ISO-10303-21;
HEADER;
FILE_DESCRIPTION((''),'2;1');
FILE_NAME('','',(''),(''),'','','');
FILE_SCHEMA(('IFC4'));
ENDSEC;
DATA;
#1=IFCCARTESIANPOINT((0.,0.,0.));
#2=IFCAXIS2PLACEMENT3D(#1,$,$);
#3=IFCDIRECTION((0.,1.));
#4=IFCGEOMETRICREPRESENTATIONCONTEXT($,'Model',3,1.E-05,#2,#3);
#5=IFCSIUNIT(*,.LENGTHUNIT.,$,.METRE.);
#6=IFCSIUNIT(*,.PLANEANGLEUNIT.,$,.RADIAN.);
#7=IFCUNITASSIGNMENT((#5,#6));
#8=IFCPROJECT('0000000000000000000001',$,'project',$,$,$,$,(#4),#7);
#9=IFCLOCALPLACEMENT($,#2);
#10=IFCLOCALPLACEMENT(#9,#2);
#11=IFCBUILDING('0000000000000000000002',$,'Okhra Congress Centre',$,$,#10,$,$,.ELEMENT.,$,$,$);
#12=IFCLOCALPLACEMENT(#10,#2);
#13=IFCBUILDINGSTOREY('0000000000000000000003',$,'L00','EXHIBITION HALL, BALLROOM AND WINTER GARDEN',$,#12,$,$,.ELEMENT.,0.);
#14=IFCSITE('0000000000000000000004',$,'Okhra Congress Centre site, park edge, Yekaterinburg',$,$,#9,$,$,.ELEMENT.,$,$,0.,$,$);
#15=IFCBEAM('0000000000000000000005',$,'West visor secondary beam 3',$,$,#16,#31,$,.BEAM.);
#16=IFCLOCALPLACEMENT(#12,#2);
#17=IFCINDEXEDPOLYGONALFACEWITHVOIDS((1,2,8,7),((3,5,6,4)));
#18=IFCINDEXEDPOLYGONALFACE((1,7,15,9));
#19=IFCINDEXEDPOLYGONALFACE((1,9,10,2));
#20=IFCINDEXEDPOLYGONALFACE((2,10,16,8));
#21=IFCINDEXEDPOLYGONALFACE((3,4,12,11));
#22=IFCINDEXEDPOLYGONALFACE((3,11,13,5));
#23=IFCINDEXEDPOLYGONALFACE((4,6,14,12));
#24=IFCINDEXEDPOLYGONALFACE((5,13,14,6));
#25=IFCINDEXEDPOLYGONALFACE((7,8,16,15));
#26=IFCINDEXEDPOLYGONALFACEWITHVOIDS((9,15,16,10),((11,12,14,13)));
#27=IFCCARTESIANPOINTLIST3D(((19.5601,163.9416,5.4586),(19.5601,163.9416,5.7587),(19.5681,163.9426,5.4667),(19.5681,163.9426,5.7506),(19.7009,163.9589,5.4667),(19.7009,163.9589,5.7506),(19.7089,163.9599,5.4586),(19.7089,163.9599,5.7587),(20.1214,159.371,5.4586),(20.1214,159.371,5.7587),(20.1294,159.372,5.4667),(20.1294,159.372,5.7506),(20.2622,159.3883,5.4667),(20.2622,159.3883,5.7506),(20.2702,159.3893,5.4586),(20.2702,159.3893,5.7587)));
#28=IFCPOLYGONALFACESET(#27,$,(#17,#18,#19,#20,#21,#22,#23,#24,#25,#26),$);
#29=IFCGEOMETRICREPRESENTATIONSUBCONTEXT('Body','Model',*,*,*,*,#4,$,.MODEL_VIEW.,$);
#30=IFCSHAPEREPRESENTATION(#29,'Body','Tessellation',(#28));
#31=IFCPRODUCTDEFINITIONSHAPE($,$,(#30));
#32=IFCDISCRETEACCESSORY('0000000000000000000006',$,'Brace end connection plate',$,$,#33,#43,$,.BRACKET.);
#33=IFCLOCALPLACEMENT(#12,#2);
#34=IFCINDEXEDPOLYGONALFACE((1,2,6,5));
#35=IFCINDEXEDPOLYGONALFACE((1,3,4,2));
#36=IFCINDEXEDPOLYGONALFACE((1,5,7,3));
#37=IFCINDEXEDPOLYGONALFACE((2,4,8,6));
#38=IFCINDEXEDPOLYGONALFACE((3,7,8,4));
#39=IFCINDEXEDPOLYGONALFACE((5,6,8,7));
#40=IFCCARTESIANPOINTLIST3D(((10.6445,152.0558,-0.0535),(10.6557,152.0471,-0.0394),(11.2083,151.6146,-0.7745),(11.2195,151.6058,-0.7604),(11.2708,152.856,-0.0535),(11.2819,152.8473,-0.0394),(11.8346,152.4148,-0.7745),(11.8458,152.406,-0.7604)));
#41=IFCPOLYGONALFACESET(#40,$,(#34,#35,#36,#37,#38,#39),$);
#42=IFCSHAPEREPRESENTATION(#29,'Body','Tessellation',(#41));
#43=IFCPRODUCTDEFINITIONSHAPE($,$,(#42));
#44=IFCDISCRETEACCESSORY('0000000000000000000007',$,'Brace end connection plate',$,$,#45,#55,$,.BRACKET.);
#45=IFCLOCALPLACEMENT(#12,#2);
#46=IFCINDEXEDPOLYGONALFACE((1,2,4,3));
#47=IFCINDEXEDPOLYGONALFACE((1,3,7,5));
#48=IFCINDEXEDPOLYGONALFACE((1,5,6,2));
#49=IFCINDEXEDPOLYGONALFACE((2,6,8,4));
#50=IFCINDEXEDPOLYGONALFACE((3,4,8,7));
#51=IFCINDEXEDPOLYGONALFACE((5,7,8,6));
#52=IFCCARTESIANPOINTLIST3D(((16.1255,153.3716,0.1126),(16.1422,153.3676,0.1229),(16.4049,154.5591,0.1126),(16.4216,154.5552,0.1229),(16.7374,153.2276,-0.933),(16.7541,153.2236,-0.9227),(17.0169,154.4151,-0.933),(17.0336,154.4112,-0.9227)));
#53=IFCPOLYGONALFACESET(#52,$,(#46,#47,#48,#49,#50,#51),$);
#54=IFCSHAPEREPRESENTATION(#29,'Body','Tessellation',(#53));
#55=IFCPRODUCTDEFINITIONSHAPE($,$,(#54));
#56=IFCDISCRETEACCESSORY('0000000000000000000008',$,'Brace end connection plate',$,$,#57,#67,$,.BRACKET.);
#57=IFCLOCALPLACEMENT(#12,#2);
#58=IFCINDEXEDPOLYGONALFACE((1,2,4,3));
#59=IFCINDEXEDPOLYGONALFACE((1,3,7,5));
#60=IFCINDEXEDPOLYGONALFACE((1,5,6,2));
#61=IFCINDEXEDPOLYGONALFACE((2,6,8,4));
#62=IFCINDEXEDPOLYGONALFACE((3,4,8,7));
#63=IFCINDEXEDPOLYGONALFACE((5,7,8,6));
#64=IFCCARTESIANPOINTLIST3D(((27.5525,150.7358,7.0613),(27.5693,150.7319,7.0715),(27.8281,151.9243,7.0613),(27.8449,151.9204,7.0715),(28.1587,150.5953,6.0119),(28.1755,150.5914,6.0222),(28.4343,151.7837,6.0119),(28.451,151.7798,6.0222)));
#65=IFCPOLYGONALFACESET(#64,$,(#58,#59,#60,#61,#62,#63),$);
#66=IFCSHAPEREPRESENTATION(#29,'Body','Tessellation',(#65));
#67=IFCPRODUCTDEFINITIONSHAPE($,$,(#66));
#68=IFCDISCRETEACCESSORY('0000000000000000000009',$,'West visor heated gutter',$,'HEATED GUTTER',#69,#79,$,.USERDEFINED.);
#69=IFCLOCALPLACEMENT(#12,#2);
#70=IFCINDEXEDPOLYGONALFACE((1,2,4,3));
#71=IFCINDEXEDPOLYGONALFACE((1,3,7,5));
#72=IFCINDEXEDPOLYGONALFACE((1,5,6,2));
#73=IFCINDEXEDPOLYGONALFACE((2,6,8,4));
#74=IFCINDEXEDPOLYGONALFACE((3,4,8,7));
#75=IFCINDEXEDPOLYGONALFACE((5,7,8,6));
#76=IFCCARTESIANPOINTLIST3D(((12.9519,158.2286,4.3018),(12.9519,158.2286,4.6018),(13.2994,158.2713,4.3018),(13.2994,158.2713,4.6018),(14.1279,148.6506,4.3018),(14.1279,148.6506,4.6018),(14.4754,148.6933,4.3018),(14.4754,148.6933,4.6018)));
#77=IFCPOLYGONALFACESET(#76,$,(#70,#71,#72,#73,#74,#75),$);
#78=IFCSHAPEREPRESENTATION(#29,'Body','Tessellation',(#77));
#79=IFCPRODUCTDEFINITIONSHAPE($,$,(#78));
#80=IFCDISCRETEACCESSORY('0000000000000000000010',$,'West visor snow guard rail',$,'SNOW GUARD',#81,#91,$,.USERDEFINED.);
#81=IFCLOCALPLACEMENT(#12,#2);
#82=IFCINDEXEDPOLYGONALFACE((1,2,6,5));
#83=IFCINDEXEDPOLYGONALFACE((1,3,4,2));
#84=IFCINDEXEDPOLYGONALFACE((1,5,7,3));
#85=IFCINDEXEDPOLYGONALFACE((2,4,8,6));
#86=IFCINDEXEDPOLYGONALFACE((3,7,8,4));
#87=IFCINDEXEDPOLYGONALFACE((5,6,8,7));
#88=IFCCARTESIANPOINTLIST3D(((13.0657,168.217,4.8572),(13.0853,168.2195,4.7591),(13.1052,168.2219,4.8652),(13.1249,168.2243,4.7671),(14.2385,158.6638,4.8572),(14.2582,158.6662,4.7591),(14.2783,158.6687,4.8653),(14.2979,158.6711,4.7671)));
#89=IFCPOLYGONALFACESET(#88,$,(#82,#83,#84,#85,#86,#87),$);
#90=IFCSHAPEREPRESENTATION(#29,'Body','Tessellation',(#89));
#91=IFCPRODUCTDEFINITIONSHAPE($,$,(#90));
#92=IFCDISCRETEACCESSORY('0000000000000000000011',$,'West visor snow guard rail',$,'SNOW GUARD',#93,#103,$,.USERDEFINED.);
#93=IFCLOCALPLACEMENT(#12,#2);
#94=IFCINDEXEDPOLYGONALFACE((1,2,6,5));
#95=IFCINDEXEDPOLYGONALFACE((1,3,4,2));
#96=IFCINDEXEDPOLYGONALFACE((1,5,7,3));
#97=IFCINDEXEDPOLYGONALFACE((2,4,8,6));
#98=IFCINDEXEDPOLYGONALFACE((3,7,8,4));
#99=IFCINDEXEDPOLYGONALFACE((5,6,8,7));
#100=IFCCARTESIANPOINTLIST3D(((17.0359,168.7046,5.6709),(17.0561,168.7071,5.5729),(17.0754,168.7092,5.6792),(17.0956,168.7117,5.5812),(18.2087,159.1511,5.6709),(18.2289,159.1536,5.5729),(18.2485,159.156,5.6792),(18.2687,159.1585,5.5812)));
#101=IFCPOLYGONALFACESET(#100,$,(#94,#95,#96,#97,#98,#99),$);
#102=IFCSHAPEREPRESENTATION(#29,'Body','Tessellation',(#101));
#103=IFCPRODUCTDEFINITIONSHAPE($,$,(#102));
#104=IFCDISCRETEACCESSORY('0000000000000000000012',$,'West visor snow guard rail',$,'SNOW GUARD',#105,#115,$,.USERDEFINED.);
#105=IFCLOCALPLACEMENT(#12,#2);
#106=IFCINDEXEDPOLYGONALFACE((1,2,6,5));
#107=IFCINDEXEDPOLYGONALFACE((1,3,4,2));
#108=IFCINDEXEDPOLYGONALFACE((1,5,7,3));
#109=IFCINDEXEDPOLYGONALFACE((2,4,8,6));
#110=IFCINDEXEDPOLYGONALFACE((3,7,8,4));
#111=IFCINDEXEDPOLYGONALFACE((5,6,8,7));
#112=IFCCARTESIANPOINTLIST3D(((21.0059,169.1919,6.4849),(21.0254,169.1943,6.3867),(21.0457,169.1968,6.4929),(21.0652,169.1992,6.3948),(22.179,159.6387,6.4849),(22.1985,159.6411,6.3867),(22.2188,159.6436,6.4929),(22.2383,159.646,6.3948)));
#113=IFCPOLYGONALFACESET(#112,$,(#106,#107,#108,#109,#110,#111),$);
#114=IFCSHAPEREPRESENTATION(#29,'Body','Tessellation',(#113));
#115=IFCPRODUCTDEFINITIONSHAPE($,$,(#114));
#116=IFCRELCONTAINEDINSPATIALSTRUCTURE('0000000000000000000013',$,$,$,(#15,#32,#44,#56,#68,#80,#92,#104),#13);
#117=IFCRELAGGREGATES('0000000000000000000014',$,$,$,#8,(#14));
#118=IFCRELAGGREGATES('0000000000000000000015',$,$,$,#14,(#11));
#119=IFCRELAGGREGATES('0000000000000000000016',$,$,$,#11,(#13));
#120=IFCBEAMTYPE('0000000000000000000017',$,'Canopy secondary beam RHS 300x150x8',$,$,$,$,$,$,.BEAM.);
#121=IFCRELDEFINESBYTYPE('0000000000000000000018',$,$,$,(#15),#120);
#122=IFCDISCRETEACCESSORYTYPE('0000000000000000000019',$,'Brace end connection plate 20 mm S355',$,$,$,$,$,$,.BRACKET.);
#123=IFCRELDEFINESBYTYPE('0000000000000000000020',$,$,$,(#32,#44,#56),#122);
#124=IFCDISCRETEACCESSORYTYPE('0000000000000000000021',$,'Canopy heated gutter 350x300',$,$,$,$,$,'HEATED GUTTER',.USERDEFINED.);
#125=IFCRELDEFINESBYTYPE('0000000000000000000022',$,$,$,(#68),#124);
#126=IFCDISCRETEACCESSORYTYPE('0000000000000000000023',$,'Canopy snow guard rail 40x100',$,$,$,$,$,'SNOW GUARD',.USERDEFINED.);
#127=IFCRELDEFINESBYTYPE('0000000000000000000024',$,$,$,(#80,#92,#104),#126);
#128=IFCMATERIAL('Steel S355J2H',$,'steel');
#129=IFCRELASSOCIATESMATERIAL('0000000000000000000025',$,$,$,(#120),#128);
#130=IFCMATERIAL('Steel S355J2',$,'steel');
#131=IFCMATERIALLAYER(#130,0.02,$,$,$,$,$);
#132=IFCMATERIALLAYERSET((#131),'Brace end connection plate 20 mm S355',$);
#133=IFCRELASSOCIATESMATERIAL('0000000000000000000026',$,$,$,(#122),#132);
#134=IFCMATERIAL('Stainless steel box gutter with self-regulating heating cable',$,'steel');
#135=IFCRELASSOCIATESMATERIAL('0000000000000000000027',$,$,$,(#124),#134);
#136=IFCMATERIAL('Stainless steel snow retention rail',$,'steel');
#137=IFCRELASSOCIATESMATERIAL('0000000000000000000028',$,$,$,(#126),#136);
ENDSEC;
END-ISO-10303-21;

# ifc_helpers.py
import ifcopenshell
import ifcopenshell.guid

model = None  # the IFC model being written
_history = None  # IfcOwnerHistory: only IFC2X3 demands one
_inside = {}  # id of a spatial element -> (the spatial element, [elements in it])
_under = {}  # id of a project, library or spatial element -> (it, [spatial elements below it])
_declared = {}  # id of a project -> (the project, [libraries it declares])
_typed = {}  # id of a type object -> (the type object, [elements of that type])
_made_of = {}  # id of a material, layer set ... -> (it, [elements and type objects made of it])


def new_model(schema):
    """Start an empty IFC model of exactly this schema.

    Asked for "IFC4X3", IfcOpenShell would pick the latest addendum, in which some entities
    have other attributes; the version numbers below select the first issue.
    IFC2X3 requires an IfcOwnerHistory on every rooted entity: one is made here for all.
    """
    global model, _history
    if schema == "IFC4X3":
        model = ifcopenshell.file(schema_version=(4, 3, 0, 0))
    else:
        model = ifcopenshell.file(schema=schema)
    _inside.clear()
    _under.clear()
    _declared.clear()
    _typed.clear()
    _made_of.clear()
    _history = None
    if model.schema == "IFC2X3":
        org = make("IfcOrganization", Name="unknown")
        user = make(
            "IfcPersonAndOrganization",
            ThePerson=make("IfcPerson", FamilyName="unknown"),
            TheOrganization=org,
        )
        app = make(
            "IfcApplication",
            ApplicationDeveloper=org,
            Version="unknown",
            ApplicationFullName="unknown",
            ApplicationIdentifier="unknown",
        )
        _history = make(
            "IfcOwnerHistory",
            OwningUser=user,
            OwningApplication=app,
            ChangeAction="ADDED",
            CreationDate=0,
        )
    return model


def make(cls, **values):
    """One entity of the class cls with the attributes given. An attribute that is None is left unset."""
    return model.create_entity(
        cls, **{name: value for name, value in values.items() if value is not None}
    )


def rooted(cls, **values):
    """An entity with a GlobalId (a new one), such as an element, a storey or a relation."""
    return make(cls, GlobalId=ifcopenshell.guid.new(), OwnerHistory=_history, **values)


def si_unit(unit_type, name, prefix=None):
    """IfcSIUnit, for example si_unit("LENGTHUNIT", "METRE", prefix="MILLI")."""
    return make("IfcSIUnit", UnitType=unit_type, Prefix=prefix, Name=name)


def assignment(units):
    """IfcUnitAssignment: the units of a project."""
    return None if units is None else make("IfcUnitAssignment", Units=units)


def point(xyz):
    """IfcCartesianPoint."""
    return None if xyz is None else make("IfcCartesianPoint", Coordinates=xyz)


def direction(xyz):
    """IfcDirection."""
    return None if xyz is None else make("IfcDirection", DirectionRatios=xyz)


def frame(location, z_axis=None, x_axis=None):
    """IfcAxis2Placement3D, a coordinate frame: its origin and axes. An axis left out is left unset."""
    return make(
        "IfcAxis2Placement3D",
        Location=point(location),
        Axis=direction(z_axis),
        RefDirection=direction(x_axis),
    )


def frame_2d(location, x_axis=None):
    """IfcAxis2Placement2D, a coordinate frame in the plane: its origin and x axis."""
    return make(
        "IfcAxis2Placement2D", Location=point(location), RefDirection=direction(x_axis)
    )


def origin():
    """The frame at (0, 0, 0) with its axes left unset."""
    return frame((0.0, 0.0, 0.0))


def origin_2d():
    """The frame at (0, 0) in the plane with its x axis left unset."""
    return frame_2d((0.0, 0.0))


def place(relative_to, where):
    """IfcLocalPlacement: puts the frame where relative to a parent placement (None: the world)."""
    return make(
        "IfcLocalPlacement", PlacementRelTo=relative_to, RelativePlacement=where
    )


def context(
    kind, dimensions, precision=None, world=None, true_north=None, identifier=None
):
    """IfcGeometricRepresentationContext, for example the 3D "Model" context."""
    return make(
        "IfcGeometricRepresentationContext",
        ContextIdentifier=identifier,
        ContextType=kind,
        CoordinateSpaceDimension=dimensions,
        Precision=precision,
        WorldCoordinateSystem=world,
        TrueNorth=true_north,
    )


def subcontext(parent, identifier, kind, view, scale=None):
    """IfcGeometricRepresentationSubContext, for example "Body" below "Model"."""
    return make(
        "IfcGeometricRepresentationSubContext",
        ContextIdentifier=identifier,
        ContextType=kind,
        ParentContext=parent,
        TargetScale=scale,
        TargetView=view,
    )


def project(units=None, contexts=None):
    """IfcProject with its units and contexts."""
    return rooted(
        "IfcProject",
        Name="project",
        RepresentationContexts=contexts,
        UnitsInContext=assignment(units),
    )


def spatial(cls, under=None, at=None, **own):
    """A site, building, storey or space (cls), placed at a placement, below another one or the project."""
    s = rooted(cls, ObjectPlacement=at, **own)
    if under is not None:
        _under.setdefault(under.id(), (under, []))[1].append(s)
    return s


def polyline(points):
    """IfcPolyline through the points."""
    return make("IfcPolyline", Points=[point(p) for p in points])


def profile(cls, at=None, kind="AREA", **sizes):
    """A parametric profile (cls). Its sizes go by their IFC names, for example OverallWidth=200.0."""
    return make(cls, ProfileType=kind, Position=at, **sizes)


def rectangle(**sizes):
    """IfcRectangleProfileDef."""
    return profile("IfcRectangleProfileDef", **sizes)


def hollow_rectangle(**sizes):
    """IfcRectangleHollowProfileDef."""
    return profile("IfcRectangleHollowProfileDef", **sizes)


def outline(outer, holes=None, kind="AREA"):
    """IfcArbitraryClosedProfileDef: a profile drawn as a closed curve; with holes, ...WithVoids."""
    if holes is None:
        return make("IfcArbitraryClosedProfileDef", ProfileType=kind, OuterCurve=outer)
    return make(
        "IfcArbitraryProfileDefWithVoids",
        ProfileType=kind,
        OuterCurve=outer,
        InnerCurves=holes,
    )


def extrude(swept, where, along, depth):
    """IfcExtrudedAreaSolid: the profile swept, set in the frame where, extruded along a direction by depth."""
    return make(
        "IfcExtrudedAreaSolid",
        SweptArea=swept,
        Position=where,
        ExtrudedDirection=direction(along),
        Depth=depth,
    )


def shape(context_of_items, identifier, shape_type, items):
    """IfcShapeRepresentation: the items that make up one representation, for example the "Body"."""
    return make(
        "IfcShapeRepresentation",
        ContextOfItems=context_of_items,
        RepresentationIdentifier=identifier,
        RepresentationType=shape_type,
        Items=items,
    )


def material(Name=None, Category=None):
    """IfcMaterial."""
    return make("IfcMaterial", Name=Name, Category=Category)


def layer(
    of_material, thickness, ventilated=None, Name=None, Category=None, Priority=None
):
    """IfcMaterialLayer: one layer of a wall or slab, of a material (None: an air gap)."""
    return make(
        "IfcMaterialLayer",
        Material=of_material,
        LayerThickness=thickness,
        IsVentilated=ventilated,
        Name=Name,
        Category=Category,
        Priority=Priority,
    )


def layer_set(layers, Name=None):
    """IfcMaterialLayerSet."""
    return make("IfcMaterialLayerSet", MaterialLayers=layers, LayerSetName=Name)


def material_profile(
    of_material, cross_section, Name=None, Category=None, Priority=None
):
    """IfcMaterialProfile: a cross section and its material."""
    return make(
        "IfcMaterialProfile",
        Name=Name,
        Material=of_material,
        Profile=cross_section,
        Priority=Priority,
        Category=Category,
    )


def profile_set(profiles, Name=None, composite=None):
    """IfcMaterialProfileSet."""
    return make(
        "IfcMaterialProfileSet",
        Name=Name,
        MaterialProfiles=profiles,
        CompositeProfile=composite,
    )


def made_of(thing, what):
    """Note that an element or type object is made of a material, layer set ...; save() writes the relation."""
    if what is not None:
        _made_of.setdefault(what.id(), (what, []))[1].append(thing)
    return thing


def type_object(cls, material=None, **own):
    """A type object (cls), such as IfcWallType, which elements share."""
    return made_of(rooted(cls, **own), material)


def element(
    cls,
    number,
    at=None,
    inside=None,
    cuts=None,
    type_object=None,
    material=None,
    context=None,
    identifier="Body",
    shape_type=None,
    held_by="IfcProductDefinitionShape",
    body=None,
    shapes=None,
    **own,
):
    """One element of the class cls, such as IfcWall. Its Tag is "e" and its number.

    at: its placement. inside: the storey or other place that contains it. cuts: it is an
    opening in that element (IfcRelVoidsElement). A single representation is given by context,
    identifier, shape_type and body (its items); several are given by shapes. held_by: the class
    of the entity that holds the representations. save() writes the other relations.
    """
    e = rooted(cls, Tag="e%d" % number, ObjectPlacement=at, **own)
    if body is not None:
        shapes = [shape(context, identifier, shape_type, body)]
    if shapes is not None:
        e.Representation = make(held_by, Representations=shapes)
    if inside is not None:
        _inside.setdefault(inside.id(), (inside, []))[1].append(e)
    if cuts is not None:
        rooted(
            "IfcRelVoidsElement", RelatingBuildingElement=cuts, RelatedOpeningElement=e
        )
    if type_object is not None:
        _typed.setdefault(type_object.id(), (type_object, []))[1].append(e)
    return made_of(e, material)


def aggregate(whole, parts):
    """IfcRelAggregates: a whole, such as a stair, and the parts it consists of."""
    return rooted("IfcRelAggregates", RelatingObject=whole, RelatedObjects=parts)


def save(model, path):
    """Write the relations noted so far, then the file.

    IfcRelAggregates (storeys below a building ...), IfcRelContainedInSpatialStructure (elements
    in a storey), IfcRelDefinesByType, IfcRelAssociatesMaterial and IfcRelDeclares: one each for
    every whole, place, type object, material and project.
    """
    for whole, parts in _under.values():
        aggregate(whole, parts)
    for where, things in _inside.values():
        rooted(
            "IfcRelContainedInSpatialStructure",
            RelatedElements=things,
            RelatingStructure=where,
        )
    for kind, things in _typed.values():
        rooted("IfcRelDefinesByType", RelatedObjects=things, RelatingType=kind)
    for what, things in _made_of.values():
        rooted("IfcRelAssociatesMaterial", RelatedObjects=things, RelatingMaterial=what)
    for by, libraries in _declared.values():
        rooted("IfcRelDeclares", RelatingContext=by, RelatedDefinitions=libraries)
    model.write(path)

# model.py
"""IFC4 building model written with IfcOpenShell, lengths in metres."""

from ifc_helpers import new_model, si_unit, direction, frame, origin, origin_2d, place, context, subcontext, project, spatial, polyline, rectangle, hollow_rectangle, outline, extrude, material, layer, layer_set, material_profile, profile_set, type_object, element, save


model = new_model("IFC4")

# Units and contexts
model_context = context("Model", 3, precision=1e-05, world=origin(), true_north=direction((0.0, 1.0)))
body_context = subcontext(model_context, "Body", "Model", "MODEL_VIEW")
ifc_project = project(units=[si_unit("LENGTHUNIT", "METRE"), si_unit("PLANEANGLEUNIT", "RADIAN")], contexts=[model_context])

# Site, building, storey
site_placement = place(None, origin())
site = spatial("IfcSite", under=ifc_project, at=site_placement, Name="Okhra Congress Centre site, park edge, Yekaterinburg", CompositionType="ELEMENT", RefElevation=0.0)
building_placement = place(site_placement, origin())
building = spatial("IfcBuilding", under=site, at=building_placement, Name="Okhra Congress Centre", CompositionType="ELEMENT")
storey_placement = place(building_placement, origin())
storey = spatial("IfcBuildingStorey", under=building, at=storey_placement, Name="L00", Description="EXHIBITION HALL, BALLROOM AND WINTER GARDEN", CompositionType="ELEMENT", Elevation=0.0)

# Shared definitions
ifc_material_1 = material(Name="Steel S355J2H", Category="steel")

# Beam
ifc_material_profile_1 = material_profile(ifc_material_1, hollow_rectangle(XDim=0.1499, YDim=0.3, WallThickness=0.0081, at=origin_2d()), Name="RHS 300x150x8")
ifc_profile_set_1 = profile_set([ifc_material_profile_1], Name="Steel S355J2H")
beam_type_1 = type_object("IfcBeamType", Name="Canopy secondary beam RHS 300x150x8", PredefinedType="BEAM", material=ifc_profile_set_1)
beam_1_placement = place(storey_placement, frame((20.1958, 159.3801, 5.6086), z_axis=(-0.121888, 0.992544, 0.0), x_axis=(-0.992544, -0.121888, 0.0)))
element("IfcBeam", 1, at=beam_1_placement, inside=storey, type_object=beam_type_1, Name="West visor secondary beam 3", PredefinedType="BEAM", context=body_context, shape_type="SweptSolid", body=[
    extrude(hollow_rectangle(XDim=0.1499, YDim=0.3, WallThickness=0.0081, at=origin_2d()), origin(), (0.0, 0.0, 1.0), 4.605),
])

# Discrete accessories
ifc_material_2 = material(Name="Steel S355J2", Category="steel")
ifc_layer = layer(ifc_material_2, 0.02)
ifc_layer_set = layer_set([ifc_layer], Name="Brace end connection plate 20 mm S355")
discrete_accessory_type_1 = type_object("IfcDiscreteAccessoryType", Name="Brace end connection plate 20 mm S355", PredefinedType="BRACKET", material=ifc_layer_set)
discrete_accessory_1_placement = place(storey_placement, frame((11.2507, 152.2266, -0.3999), z_axis=(-0.558819, 0.437337, -0.704598), x_axis=(-0.616308, -0.787505, 0.0)))
element("IfcDiscreteAccessory", 2, at=discrete_accessory_1_placement, inside=storey, type_object=discrete_accessory_type_1, Name="Brace end connection plate", PredefinedType="BRACKET", context=body_context, shape_type="SweptSolid", body=[
    extrude(rectangle(XDim=1.0161, YDim=1.0161, at=origin_2d()), origin(), (0.0, 0.0, 1.0), 0.02),
])
for number, where, z_axis, x_axis, name in (
    (3, (16.5879, 153.8894, -0.3999), (-0.834246, 0.196293, -0.51527), (-0.229039, -0.973417, 0.0), "Brace end connection plate"),
    (4, (27.9934, 151.2598, 6.5366), (0.837919, -0.1943, 0.510038), (0.22589, 0.974153, 0.0), "Brace end connection plate"),
):
    element("IfcDiscreteAccessory", number, at=place(storey_placement, frame(where, z_axis=z_axis, x_axis=x_axis)), inside=storey, type_object=discrete_accessory_type_1, Name=name, PredefinedType="BRACKET", context=body_context, shape_type="SweptSolid", body=[
        extrude(rectangle(XDim=1.22, YDim=1.22, at=origin_2d()), origin(), (0.0, 0.0, 1.0), 0.02),
    ])
ifc_material_3 = material(Name="Stainless steel box gutter with self-regulating heating cable", Category="steel")
discrete_accessory_type_2 = type_object("IfcDiscreteAccessoryType", Name="Canopy heated gutter 350x300", ElementType="HEATED GUTTER", PredefinedType="USERDEFINED", material=ifc_material_3)
discrete_accessory_2_placement = place(storey_placement, frame((13.7136, 153.4609, 4.3018), z_axis=(0.0, 0.0, 1.0), x_axis=(-0.121869, 0.992546, 0.0)))
element("IfcDiscreteAccessory", 5, at=discrete_accessory_2_placement, inside=storey, type_object=discrete_accessory_type_2, Name="West visor heated gutter", ObjectType="HEATED GUTTER", PredefinedType="USERDEFINED", context=body_context, shape_type="SweptSolid", body=[
    extrude(rectangle(XDim=9.6499, YDim=0.3501, at=origin_2d()), origin(), (0.0, 0.0, 1.0), 0.3),
])
ifc_material_4 = material(Name="Stainless steel snow retention rail", Category="steel")
discrete_accessory_type_3 = type_object("IfcDiscreteAccessoryType", Name="Canopy snow guard rail 40x100", ElementType="SNOW GUARD", PredefinedType="USERDEFINED", material=ifc_material_4)
discrete_accessory_3_placement = place(storey_placement, frame((14.2385, 158.6638, 4.8572), z_axis=(-0.19611, -0.024079, 0.980286), x_axis=(-0.121856, 0.992548, 0.000002)))
element("IfcDiscreteAccessory", 6, at=discrete_accessory_3_placement, inside=storey, type_object=discrete_accessory_type_3, Name="West visor snow guard rail", ObjectType="SNOW GUARD", PredefinedType="USERDEFINED", context=body_context, shape_type="SweptSolid", body=[
    extrude(outline(polyline([(0.0, 0.0), (9.6249, 0.0), (9.625, -0.0407), (0.0, -0.0409), (0.0, 0.0)])), origin(), (0.0, 0.0, -1.0), 0.1001),
])
discrete_accessory_4_placement = place(storey_placement, frame((18.2087, 159.1511, 5.6709), z_axis=(-0.201883, -0.024787, 0.979096), x_axis=(-0.121853, 0.992548, 0.000003)))
element("IfcDiscreteAccessory", 7, at=discrete_accessory_4_placement, inside=storey, type_object=discrete_accessory_type_3, Name="West visor snow guard rail", ObjectType="SNOW GUARD", PredefinedType="USERDEFINED", context=body_context, shape_type="SweptSolid", body=[
    extrude(outline(polyline([(0.0, 0.0), (9.6252, 0.0), (9.625, -0.0407), (0.0, -0.0409), (0.0, 0.0)])), origin(), (0.0, 0.0, -1.0), 0.1001),
])
discrete_accessory_5_placement = place(storey_placement, frame((22.179, 159.6387, 6.4849), z_axis=(-0.19554, -0.024011, 0.980402), x_axis=(-0.12188, 0.992545, 0.0)))
element("IfcDiscreteAccessory", 8, at=discrete_accessory_5_placement, inside=storey, type_object=discrete_accessory_type_3, Name="West visor snow guard rail", ObjectType="SNOW GUARD", PredefinedType="USERDEFINED", context=body_context, shape_type="SweptSolid", body=[
    extrude(outline(polyline([(0.0, 0.0), (9.625, 0.0), (9.625, -0.0409), (0.0, -0.0409), (0.0, 0.0)])), origin(), (0.0, 0.0, -1.0), 0.1001),
])

save(model, "model.ifc")
